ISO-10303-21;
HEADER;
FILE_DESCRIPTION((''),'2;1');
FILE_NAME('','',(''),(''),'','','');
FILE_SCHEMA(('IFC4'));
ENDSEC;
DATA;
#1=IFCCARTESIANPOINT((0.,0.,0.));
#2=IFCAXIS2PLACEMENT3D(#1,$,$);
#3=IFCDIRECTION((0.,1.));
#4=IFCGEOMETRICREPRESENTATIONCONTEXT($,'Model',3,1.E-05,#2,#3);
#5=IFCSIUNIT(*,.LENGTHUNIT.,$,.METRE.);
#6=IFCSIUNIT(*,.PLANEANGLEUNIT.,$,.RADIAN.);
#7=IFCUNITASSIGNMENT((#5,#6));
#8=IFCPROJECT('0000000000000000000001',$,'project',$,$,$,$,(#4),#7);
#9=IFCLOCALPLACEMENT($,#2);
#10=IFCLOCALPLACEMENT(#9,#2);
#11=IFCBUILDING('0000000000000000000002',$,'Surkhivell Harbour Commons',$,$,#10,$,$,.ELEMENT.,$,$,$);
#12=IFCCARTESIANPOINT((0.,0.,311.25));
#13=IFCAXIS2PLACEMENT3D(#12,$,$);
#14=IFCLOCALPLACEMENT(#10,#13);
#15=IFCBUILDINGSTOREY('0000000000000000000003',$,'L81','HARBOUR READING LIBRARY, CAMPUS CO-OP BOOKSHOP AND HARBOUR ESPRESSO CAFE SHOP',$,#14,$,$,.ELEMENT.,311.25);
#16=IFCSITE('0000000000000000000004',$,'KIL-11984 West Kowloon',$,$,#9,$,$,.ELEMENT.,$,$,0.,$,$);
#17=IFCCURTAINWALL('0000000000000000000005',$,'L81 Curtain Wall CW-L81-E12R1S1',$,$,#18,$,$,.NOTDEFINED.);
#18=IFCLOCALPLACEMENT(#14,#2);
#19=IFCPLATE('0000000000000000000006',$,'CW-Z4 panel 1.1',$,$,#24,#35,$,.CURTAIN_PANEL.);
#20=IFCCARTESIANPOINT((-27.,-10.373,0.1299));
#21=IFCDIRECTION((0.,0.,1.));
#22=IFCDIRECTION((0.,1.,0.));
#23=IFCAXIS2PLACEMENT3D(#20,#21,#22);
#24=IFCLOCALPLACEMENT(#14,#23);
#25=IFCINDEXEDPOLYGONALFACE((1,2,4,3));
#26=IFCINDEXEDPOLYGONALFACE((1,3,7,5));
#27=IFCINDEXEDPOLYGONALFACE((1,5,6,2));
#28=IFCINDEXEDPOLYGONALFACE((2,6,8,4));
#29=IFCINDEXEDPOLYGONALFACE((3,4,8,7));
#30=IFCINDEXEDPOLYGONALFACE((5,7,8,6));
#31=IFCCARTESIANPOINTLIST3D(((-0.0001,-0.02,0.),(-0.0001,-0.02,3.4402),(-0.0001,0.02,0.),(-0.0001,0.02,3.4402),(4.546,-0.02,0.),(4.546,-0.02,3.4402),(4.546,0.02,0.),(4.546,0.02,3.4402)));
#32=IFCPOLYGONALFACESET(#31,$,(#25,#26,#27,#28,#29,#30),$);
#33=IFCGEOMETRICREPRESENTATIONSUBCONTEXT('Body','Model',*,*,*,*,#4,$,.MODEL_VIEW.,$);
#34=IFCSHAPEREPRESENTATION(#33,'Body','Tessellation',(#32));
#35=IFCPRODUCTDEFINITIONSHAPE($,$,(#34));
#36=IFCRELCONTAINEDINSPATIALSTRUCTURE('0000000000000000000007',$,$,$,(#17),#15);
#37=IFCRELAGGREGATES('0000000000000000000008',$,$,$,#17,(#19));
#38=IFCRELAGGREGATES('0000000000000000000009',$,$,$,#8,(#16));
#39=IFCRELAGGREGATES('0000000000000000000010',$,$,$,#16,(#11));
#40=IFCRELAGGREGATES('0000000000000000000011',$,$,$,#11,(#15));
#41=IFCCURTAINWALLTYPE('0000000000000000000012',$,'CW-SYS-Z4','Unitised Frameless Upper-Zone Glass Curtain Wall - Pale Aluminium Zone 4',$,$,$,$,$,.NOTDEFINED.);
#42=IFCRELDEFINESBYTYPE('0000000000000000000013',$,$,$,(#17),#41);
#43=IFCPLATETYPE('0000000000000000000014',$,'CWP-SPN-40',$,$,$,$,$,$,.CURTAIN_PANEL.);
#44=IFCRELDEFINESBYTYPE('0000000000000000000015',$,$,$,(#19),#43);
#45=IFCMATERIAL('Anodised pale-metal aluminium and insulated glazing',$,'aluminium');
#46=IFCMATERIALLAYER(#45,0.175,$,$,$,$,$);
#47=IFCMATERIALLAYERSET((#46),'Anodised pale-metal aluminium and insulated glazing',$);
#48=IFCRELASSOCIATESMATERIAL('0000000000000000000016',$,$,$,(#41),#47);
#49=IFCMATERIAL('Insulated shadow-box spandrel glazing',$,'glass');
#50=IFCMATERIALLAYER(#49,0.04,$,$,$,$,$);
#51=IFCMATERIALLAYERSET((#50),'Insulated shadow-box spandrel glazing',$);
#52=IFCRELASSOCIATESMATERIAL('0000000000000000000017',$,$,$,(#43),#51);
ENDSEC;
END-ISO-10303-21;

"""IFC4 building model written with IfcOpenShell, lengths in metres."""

from ifc_helpers import new_model, si_unit, direction, frame, frame_2d, origin, place, context, subcontext, project, spatial, rectangle, extrude, material, layer, layer_set, type_object, element, aggregate, save


model = new_model("IFC4")

# Units and contexts
model_context = context("Model", 3, precision=1e-05, world=origin(), true_north=direction((0.0, 1.0)))
body_context = subcontext(model_context, "Body", "Model", "MODEL_VIEW")
ifc_project = project(units=[si_unit("LENGTHUNIT", "METRE"), si_unit("PLANEANGLEUNIT", "RADIAN")], contexts=[model_context])

# Site, building, storey
site_placement = place(None, origin())
site = spatial("IfcSite", under=ifc_project, at=site_placement, Name="KIL-11984 West Kowloon", CompositionType="ELEMENT", RefElevation=0.0)
building_placement = place(site_placement, origin())
building = spatial("IfcBuilding", under=site, at=building_placement, Name="Surkhivell Harbour Commons", CompositionType="ELEMENT")
storey_placement = place(building_placement, frame((0.0, 0.0, 311.25)))
storey = spatial("IfcBuildingStorey", under=building, at=storey_placement, Name="L81", Description="HARBOUR READING LIBRARY, CAMPUS CO-OP BOOKSHOP AND HARBOUR ESPRESSO CAFE SHOP", CompositionType="ELEMENT", Elevation=311.25)

# Shared definitions
ifc_material_1 = material(Name="Anodised pale-metal aluminium and insulated glazing", Category="aluminium")

# Curtain wall
ifc_layer_1 = layer(ifc_material_1, 0.175)
ifc_layer_set_1 = layer_set([ifc_layer_1], Name="Anodised pale-metal aluminium and insulated glazing")
curtain_wall_type_1 = type_object("IfcCurtainWallType", Name="CW-SYS-Z4", Description="Unitised Frameless Upper-Zone Glass Curtain Wall - Pale Aluminium Zone 4", PredefinedType="NOTDEFINED", material=ifc_layer_set_1)
curtain_wall_1_placement = place(storey_placement, origin())
curtain_wall_1 = element("IfcCurtainWall", 1, at=curtain_wall_1_placement, inside=storey, type_object=curtain_wall_type_1, Name="L81 Curtain Wall CW-L81-E12R1S1", PredefinedType="NOTDEFINED")

# Plate
ifc_material_2 = material(Name="Insulated shadow-box spandrel glazing", Category="glass")
ifc_layer_2 = layer(ifc_material_2, 0.04)
ifc_layer_set_2 = layer_set([ifc_layer_2], Name="Insulated shadow-box spandrel glazing")
plate_type_1 = type_object("IfcPlateType", Name="CWP-SPN-40", PredefinedType="CURTAIN_PANEL", material=ifc_layer_set_2)
plate_1_placement = place(storey_placement, frame((-27.0, -10.373, 0.1299), z_axis=(0.0, 0.0, 1.0), x_axis=(0.0, 1.0, 0.0)))
plate_1 = element("IfcPlate", 2, at=plate_1_placement, type_object=plate_type_1, Name="CW-Z4 panel 1.1", PredefinedType="CURTAIN_PANEL", context=body_context, shape_type="SweptSolid", body=[
    extrude(rectangle(XDim=4.5461, YDim=0.04, at=frame_2d((2.2729, 0.0))), origin(), (0.0, 0.0, 1.0), 3.4402),
])
aggregate(curtain_wall_1, [plate_1])

save(model, "model.ifc")
